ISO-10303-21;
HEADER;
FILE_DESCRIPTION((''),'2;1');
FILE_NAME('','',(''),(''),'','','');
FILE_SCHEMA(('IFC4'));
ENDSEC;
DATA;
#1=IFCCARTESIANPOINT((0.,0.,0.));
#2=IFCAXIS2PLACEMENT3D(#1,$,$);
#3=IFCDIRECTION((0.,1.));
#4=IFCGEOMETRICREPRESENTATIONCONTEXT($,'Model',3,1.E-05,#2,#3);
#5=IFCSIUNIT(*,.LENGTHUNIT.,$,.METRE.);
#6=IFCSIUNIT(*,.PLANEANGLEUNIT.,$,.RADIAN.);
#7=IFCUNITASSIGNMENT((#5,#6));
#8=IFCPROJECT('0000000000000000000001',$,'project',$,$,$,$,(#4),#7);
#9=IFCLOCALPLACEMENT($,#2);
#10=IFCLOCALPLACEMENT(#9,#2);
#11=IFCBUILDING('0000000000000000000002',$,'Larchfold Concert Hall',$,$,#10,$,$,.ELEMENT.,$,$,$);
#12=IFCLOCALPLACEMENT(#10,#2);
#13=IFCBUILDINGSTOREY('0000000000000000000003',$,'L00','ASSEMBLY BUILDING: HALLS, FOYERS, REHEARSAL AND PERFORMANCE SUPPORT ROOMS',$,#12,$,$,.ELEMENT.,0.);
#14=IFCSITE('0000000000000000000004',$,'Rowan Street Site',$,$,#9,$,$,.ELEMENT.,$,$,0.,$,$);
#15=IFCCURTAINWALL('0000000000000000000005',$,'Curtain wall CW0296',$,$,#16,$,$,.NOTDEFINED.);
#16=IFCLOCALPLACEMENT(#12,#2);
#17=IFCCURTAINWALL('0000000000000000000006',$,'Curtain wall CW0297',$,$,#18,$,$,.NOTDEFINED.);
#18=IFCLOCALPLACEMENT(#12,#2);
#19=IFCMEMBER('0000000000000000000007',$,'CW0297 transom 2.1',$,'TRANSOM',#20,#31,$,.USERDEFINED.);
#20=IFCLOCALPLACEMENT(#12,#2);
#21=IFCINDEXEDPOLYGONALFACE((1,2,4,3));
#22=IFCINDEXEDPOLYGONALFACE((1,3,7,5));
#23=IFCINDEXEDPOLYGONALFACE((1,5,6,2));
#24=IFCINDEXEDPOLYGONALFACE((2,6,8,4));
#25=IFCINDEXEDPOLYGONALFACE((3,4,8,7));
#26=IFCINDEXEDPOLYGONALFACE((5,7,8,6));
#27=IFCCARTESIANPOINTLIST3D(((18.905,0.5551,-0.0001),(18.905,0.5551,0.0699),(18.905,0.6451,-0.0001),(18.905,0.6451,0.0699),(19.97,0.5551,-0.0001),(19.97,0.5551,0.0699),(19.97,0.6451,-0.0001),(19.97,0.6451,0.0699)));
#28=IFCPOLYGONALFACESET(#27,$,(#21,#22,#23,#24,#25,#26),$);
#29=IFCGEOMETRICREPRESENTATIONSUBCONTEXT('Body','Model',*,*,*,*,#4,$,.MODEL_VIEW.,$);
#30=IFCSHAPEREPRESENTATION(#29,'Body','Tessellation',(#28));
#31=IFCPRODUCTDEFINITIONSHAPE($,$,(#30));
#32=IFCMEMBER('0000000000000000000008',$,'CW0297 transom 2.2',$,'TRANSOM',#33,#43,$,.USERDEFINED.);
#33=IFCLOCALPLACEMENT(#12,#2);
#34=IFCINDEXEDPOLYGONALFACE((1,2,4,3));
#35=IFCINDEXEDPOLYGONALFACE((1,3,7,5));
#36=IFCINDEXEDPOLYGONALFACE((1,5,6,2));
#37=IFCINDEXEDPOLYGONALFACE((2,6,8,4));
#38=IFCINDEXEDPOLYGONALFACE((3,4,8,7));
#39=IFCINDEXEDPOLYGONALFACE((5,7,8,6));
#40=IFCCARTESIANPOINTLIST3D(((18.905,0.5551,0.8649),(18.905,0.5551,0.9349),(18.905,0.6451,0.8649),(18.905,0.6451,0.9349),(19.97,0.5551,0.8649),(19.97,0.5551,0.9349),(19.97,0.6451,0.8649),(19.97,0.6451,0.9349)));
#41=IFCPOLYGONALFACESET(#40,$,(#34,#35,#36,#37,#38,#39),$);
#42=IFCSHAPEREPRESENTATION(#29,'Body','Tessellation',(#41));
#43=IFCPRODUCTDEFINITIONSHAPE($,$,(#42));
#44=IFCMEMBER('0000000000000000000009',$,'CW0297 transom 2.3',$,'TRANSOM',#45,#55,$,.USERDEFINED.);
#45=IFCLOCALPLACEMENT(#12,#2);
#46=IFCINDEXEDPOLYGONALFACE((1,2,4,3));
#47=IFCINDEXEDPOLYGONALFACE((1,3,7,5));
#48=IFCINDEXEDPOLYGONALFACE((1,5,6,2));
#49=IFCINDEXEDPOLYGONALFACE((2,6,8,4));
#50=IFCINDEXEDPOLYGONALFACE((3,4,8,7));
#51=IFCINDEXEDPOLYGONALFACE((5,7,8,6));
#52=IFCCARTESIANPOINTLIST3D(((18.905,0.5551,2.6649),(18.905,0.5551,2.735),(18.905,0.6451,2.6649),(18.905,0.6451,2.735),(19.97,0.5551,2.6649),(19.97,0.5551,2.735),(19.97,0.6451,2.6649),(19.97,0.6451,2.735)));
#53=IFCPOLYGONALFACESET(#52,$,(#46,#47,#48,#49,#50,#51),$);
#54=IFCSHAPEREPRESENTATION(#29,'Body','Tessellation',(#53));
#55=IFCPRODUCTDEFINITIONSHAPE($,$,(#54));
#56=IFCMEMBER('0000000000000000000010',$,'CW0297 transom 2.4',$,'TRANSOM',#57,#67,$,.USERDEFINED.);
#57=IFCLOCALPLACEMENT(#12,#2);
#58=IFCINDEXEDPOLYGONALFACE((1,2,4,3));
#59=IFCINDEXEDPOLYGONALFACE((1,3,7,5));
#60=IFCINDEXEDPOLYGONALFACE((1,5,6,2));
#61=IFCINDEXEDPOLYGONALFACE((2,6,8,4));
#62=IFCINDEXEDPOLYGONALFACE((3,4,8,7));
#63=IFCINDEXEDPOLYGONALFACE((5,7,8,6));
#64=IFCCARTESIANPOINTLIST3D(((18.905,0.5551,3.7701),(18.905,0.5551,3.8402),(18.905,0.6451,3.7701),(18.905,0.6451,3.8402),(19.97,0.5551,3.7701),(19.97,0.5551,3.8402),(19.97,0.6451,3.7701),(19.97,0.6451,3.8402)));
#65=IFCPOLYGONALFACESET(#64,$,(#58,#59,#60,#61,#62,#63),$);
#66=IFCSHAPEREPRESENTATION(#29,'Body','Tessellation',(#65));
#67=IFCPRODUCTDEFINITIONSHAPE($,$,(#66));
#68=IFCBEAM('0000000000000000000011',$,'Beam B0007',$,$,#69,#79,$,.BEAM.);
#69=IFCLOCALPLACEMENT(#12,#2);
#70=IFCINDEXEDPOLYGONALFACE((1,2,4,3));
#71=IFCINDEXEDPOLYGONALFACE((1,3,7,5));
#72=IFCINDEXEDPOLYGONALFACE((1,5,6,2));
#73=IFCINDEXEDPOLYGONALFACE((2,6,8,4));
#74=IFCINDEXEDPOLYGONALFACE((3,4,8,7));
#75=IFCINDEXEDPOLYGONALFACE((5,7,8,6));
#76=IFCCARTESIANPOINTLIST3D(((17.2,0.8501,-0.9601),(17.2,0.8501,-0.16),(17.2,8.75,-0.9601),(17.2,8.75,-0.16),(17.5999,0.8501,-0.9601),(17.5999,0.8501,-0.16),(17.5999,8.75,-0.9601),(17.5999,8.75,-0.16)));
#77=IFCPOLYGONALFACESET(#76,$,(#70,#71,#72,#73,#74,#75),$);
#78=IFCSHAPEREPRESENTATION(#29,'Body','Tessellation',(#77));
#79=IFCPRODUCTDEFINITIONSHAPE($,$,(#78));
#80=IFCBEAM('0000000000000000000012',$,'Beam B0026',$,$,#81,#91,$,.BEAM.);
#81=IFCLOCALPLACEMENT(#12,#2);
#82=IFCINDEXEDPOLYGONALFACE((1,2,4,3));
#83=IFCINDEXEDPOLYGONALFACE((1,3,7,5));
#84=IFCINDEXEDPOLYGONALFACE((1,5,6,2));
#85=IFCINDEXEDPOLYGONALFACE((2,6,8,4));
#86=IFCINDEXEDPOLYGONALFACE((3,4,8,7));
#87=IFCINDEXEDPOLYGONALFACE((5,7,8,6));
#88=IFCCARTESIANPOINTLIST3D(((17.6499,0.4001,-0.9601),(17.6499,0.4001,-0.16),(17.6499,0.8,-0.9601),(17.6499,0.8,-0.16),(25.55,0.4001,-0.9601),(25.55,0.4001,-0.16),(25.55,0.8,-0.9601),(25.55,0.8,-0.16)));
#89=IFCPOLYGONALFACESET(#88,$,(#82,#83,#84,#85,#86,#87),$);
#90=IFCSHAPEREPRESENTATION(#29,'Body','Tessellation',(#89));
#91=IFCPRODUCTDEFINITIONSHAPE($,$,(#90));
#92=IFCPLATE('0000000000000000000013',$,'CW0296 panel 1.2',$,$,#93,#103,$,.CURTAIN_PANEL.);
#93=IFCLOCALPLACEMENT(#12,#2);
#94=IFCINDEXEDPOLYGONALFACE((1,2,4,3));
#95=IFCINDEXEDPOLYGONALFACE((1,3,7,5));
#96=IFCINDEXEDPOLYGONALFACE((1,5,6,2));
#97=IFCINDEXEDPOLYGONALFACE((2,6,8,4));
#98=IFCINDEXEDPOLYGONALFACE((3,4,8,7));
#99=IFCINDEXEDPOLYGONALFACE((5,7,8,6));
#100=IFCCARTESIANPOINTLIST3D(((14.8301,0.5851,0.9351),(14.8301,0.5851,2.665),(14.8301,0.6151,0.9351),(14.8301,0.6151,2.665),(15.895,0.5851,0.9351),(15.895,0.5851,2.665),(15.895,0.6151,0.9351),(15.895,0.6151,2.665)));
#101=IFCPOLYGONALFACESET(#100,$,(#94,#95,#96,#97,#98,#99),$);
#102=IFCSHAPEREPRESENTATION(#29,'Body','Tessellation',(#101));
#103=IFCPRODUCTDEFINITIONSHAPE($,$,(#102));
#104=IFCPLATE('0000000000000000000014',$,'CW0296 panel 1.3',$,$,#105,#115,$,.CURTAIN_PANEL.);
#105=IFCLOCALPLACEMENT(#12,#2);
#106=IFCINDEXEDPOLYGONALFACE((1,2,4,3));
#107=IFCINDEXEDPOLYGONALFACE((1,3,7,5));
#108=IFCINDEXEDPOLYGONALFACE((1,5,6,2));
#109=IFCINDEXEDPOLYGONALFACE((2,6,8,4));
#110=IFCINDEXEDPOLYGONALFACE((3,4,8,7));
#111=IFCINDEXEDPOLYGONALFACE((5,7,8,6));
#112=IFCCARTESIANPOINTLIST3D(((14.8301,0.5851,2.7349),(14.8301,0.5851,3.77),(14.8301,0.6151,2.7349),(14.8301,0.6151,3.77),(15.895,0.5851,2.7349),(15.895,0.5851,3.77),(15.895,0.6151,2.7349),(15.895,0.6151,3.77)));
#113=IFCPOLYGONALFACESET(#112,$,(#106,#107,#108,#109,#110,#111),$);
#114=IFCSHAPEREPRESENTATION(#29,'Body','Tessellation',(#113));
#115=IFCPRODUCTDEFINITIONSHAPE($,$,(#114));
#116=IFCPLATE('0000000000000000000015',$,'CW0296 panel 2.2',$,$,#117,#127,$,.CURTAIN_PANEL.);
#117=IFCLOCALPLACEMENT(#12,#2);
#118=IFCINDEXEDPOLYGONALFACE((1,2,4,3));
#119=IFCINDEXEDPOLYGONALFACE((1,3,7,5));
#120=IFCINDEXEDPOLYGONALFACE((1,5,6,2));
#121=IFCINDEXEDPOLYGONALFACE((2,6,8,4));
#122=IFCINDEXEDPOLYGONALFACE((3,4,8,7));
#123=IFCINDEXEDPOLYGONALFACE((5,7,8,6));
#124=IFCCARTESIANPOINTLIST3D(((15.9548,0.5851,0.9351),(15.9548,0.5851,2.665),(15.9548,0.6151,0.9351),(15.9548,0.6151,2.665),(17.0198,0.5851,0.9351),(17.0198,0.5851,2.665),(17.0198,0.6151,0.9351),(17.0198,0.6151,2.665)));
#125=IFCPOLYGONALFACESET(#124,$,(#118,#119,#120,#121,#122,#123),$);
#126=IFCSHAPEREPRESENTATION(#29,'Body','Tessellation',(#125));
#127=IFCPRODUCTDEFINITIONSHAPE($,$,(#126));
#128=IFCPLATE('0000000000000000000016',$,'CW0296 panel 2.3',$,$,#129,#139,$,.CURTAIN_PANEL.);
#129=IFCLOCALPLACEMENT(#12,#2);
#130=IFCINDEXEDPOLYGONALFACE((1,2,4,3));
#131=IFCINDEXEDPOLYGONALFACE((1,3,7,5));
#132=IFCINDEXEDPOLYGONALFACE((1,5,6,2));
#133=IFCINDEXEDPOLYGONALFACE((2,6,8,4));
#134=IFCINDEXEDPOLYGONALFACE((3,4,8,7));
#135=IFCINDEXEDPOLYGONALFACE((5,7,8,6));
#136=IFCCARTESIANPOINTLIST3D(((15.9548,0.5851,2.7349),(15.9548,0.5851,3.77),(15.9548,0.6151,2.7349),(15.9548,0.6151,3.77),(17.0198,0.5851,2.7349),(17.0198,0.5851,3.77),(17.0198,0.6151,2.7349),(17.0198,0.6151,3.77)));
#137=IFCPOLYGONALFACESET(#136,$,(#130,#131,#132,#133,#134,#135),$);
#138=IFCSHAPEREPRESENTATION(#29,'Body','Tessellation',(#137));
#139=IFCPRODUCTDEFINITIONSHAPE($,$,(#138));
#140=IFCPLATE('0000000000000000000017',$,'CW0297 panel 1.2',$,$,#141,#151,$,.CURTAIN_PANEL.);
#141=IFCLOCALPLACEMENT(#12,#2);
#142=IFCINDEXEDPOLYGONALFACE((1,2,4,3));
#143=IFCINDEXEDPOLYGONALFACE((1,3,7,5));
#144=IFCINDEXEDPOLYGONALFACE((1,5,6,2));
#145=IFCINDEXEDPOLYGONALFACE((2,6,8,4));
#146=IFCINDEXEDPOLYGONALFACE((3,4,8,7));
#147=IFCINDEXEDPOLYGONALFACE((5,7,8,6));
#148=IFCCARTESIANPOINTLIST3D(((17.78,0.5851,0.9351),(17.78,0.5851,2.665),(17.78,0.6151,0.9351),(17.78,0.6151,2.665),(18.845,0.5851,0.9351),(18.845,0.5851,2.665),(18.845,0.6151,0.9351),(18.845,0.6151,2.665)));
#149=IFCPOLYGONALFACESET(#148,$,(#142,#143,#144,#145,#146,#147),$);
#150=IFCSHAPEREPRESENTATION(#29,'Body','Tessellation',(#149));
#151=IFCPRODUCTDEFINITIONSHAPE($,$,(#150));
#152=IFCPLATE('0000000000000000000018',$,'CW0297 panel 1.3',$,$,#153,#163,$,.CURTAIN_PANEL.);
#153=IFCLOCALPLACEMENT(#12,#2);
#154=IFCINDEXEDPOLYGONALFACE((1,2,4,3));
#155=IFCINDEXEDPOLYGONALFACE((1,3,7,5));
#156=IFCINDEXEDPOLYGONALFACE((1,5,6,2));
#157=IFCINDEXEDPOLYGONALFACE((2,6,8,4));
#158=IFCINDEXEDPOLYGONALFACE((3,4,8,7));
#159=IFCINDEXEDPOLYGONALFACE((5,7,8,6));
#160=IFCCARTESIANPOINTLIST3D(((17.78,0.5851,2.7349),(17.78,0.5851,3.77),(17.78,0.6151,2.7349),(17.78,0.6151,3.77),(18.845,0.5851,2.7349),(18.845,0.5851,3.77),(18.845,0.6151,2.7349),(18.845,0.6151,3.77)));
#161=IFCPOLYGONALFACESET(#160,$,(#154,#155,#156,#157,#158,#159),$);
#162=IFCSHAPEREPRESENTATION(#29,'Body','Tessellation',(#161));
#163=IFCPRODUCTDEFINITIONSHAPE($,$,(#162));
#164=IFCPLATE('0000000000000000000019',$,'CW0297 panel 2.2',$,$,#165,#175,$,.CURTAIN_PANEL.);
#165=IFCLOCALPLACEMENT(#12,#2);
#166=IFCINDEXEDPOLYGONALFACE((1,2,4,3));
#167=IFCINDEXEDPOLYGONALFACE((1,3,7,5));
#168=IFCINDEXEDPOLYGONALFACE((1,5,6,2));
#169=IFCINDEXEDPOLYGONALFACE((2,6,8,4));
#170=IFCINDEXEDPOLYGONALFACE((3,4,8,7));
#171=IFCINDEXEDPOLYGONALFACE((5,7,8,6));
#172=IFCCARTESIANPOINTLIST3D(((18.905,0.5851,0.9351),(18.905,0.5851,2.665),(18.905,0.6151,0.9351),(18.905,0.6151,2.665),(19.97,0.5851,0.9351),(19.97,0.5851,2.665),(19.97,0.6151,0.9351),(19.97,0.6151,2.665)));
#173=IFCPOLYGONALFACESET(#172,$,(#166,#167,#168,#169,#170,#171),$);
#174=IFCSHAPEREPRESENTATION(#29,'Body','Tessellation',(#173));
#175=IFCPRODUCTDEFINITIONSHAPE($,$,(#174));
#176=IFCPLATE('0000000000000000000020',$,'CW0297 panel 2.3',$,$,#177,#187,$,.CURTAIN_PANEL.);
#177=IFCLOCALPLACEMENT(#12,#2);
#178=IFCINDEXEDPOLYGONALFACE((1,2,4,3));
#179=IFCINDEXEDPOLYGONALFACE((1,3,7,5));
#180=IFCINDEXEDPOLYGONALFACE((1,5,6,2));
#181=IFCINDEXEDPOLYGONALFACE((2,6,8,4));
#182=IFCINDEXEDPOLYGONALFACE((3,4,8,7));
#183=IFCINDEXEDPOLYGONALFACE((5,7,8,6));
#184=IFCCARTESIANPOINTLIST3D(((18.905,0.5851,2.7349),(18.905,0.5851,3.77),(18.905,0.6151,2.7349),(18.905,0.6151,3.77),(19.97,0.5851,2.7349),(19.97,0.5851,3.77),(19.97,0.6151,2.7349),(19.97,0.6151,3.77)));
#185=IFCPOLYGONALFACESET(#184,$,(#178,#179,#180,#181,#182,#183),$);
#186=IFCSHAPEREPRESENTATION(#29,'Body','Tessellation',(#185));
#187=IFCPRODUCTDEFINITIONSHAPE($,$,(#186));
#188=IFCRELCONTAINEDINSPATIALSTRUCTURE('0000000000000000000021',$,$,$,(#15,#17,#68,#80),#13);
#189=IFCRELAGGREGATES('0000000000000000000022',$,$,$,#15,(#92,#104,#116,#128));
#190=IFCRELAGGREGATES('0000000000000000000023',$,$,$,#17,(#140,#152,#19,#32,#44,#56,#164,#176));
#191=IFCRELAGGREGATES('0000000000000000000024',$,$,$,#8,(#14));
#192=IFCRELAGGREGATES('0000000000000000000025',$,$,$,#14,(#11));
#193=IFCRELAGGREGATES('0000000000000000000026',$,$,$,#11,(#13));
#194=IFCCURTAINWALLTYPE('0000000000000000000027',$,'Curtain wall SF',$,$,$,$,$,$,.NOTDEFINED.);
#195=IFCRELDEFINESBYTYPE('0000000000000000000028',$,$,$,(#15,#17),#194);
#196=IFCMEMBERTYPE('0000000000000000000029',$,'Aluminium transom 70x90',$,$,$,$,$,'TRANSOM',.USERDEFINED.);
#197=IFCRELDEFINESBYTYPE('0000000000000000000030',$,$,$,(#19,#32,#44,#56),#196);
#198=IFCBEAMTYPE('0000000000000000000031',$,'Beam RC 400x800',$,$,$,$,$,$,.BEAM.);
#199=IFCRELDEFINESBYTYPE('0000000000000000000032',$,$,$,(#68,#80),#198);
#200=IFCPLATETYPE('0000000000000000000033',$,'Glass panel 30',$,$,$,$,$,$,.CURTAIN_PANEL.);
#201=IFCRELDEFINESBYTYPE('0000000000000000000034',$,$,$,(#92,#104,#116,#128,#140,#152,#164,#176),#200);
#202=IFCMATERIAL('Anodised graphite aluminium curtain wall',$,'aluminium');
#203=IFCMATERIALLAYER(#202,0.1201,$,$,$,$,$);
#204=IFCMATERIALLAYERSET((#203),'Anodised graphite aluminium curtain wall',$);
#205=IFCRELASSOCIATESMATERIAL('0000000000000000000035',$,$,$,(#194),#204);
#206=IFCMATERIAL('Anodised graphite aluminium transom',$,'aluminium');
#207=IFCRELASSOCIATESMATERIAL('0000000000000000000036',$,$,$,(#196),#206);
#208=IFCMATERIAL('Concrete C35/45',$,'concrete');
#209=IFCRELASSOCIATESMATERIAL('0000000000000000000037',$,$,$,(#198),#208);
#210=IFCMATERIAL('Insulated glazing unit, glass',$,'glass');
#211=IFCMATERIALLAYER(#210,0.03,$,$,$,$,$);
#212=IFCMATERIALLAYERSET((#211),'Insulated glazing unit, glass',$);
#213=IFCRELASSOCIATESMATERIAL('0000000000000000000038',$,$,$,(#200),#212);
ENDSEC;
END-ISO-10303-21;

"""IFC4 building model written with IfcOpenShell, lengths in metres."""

from ifc_helpers import new_model, si_unit, direction, frame, origin, origin_2d, place, context, subcontext, project, spatial, rectangle, extrude, material, layer, layer_set, material_profile, profile_set, type_object, element, aggregate, save


model = new_model("IFC4")

# Units and contexts
model_context = context("Model", 3, precision=1e-05, world=origin(), true_north=direction((0.0, 1.0)))
body_context = subcontext(model_context, "Body", "Model", "MODEL_VIEW")
ifc_project = project(units=[si_unit("LENGTHUNIT", "METRE"), si_unit("PLANEANGLEUNIT", "RADIAN")], contexts=[model_context])

# Site, building, storey
site_placement = place(None, origin())
site = spatial("IfcSite", under=ifc_project, at=site_placement, Name="Rowan Street Site", CompositionType="ELEMENT", RefElevation=0.0)
building_placement = place(site_placement, origin())
building = spatial("IfcBuilding", under=site, at=building_placement, Name="Larchfold Concert Hall", CompositionType="ELEMENT")
storey_placement = place(building_placement, origin())
storey = spatial("IfcBuildingStorey", under=building, at=storey_placement, Name="L00", Description="ASSEMBLY BUILDING: HALLS, FOYERS, REHEARSAL AND PERFORMANCE SUPPORT ROOMS", CompositionType="ELEMENT", Elevation=0.0)

# Curtain walls
ifc_material_1 = material(Name="Anodised graphite aluminium curtain wall", Category="aluminium")
ifc_layer_1 = layer(ifc_material_1, 0.1201)
ifc_layer_set_1 = layer_set([ifc_layer_1], Name="Anodised graphite aluminium curtain wall")
curtain_wall_type = type_object("IfcCurtainWallType", Name="Curtain wall SF", PredefinedType="NOTDEFINED", material=ifc_layer_set_1)
curtain_wall_1_placement = place(storey_placement, origin())
curtain_wall_1 = element("IfcCurtainWall", 1, at=curtain_wall_1_placement, inside=storey, type_object=curtain_wall_type, Name="Curtain wall CW0296", PredefinedType="NOTDEFINED")
curtain_wall_2_placement = place(storey_placement, origin())
curtain_wall_2 = element("IfcCurtainWall", 2, at=curtain_wall_2_placement, inside=storey, type_object=curtain_wall_type, Name="Curtain wall CW0297", PredefinedType="NOTDEFINED")

# Members
ifc_material_2 = material(Name="Anodised graphite aluminium transom", Category="aluminium")
ifc_material_profile_1 = material_profile(ifc_material_2, rectangle(XDim=0.0901, YDim=0.0701, at=origin_2d()))
ifc_profile_set_1 = profile_set([ifc_material_profile_1], Name="Anodised graphite aluminium transom")
member_type_1 = type_object("IfcMemberType", Name="Aluminium transom 70x90", ElementType="TRANSOM", PredefinedType="USERDEFINED", material=ifc_profile_set_1)
member_1_placement = place(storey_placement, frame((18.905, 0.6001, 0.0349), z_axis=(1.0, 0.0, 0.0), x_axis=(0.0, 1.0, 0.0)))
member_1 = element("IfcMember", 3, at=member_1_placement, type_object=member_type_1, Name="CW0297 transom 2.1", ObjectType="TRANSOM", PredefinedType="USERDEFINED", context=body_context, shape_type="SweptSolid", body=[
    extrude(rectangle(XDim=0.0901, YDim=0.0701, at=origin_2d()), origin(), (0.0, 0.0, 1.0), 1.0649),
])
member_2_placement = place(storey_placement, frame((18.905, 0.6001, 0.8999), z_axis=(1.0, 0.0, 0.0), x_axis=(0.0, 1.0, 0.0)))
member_2 = element("IfcMember", 4, at=member_2_placement, type_object=member_type_1, Name="CW0297 transom 2.2", ObjectType="TRANSOM", PredefinedType="USERDEFINED", context=body_context, shape_type="SweptSolid", body=[
    extrude(rectangle(XDim=0.0901, YDim=0.0701, at=origin_2d()), origin(), (0.0, 0.0, 1.0), 1.0649),
])
member_3_placement = place(storey_placement, frame((18.905, 0.6001, 2.7), z_axis=(1.0, 0.0, 0.0), x_axis=(0.0, 1.0, 0.0)))
member_3 = element("IfcMember", 5, at=member_3_placement, type_object=member_type_1, Name="CW0297 transom 2.3", ObjectType="TRANSOM", PredefinedType="USERDEFINED", context=body_context, shape_type="SweptSolid", body=[
    extrude(rectangle(XDim=0.0901, YDim=0.0701, at=origin_2d()), origin(), (0.0, 0.0, 1.0), 1.0649),
])
member_4_placement = place(storey_placement, frame((18.905, 0.6001, 3.8052), z_axis=(1.0, 0.0, 0.0), x_axis=(0.0, 1.0, 0.0)))
member_4 = element("IfcMember", 6, at=member_4_placement, type_object=member_type_1, Name="CW0297 transom 2.4", ObjectType="TRANSOM", PredefinedType="USERDEFINED", context=body_context, shape_type="SweptSolid", body=[
    extrude(rectangle(XDim=0.0901, YDim=0.0701, at=origin_2d()), origin(), (0.0, 0.0, 1.0), 1.0649),
])

# Beams
ifc_material_3 = material(Name="Concrete C35/45", Category="concrete")
ifc_material_profile_2 = material_profile(ifc_material_3, rectangle(XDim=0.3999, YDim=0.8, at=origin_2d()))
ifc_profile_set_2 = profile_set([ifc_material_profile_2], Name="Concrete C35/45")
beam_type = type_object("IfcBeamType", Name="Beam RC 400x800", PredefinedType="BEAM", material=ifc_profile_set_2)
beam_1_placement = place(storey_placement, frame((17.3999, 0.8501, -0.5601), z_axis=(0.0, 1.0, 0.0), x_axis=(-1.0, 0.0, 0.0)))
element("IfcBeam", 7, at=beam_1_placement, inside=storey, type_object=beam_type, Name="Beam B0007", PredefinedType="BEAM", context=body_context, shape_type="SweptSolid", body=[
    extrude(rectangle(XDim=0.3999, YDim=0.8, at=origin_2d()), origin(), (0.0, 0.0, 1.0), 7.8999),
])
beam_2_placement = place(storey_placement, frame((17.6499, 0.6001, -0.5601), z_axis=(1.0, 0.0, 0.0), x_axis=(0.0, 1.0, 0.0)))
element("IfcBeam", 8, at=beam_2_placement, inside=storey, type_object=beam_type, Name="Beam B0026", PredefinedType="BEAM", context=body_context, shape_type="SweptSolid", body=[
    extrude(rectangle(XDim=0.3999, YDim=0.8, at=origin_2d()), origin(), (0.0, 0.0, 1.0), 7.9001),
])

# Plates
ifc_material_4 = material(Name="Insulated glazing unit, glass", Category="glass")
ifc_layer_2 = layer(ifc_material_4, 0.03)
ifc_layer_set_2 = layer_set([ifc_layer_2], Name="Insulated glazing unit, glass")
plate_type_1 = type_object("IfcPlateType", Name="Glass panel 30", PredefinedType="CURTAIN_PANEL", material=ifc_layer_set_2)
plate_1_placement = place(storey_placement, frame((15.3625, 0.6001, 0.9351), z_axis=(0.0, 0.0, 1.0), x_axis=(1.0, 0.0, 0.0)))
plate_1 = element("IfcPlate", 9, at=plate_1_placement, type_object=plate_type_1, Name="CW0296 panel 1.2", PredefinedType="CURTAIN_PANEL", context=body_context, shape_type="SweptSolid", body=[
    extrude(rectangle(XDim=1.0649, YDim=0.03, at=origin_2d()), origin(), (0.0, 0.0, 1.0), 1.73),
])
plate_2_placement = place(storey_placement, frame((15.3625, 0.6001, 2.7349), z_axis=(0.0, 0.0, 1.0), x_axis=(1.0, 0.0, 0.0)))
plate_2 = element("IfcPlate", 10, at=plate_2_placement, type_object=plate_type_1, Name="CW0296 panel 1.3", PredefinedType="CURTAIN_PANEL", context=body_context, shape_type="SweptSolid", body=[
    extrude(rectangle(XDim=1.0649, YDim=0.03, at=origin_2d()), origin(), (0.0, 0.0, 1.0), 1.0352),
])
plate_3_placement = place(storey_placement, frame((16.4873, 0.6001, 0.9351), z_axis=(0.0, 0.0, 1.0), x_axis=(1.0, 0.0, 0.0)))
plate_3 = element("IfcPlate", 11, at=plate_3_placement, type_object=plate_type_1, Name="CW0296 panel 2.2", PredefinedType="CURTAIN_PANEL", context=body_context, shape_type="SweptSolid", body=[
    extrude(rectangle(XDim=1.0649, YDim=0.03, at=origin_2d()), origin(), (0.0, 0.0, 1.0), 1.73),
])
plate_4_placement = place(storey_placement, frame((16.4873, 0.6001, 2.7349), z_axis=(0.0, 0.0, 1.0), x_axis=(1.0, 0.0, 0.0)))
plate_4 = element("IfcPlate", 12, at=plate_4_placement, type_object=plate_type_1, Name="CW0296 panel 2.3", PredefinedType="CURTAIN_PANEL", context=body_context, shape_type="SweptSolid", body=[
    extrude(rectangle(XDim=1.0649, YDim=0.03, at=origin_2d()), origin(), (0.0, 0.0, 1.0), 1.0352),
])
plate_5_placement = place(storey_placement, frame((18.3125, 0.6001, 0.9351), z_axis=(0.0, 0.0, 1.0), x_axis=(1.0, 0.0, 0.0)))
plate_5 = element("IfcPlate", 13, at=plate_5_placement, type_object=plate_type_1, Name="CW0297 panel 1.2", PredefinedType="CURTAIN_PANEL", context=body_context, shape_type="SweptSolid", body=[
    extrude(rectangle(XDim=1.0649, YDim=0.03, at=origin_2d()), origin(), (0.0, 0.0, 1.0), 1.73),
])
plate_6_placement = place(storey_placement, frame((18.3125, 0.6001, 2.7349), z_axis=(0.0, 0.0, 1.0), x_axis=(1.0, 0.0, 0.0)))
plate_6 = element("IfcPlate", 14, at=plate_6_placement, type_object=plate_type_1, Name="CW0297 panel 1.3", PredefinedType="CURTAIN_PANEL", context=body_context, shape_type="SweptSolid", body=[
    extrude(rectangle(XDim=1.0649, YDim=0.03, at=origin_2d()), origin(), (0.0, 0.0, 1.0), 1.0352),
])
plate_7_placement = place(storey_placement, frame((19.4375, 0.6001, 0.9351), z_axis=(0.0, 0.0, 1.0), x_axis=(1.0, 0.0, 0.0)))
plate_7 = element("IfcPlate", 15, at=plate_7_placement, type_object=plate_type_1, Name="CW0297 panel 2.2", PredefinedType="CURTAIN_PANEL", context=body_context, shape_type="SweptSolid", body=[
    extrude(rectangle(XDim=1.0649, YDim=0.03, at=origin_2d()), origin(), (0.0, 0.0, 1.0), 1.73),
])
plate_8_placement = place(storey_placement, frame((19.4375, 0.6001, 2.7349), z_axis=(0.0, 0.0, 1.0), x_axis=(1.0, 0.0, 0.0)))
plate_8 = element("IfcPlate", 16, at=plate_8_placement, type_object=plate_type_1, Name="CW0297 panel 2.3", PredefinedType="CURTAIN_PANEL", context=body_context, shape_type="SweptSolid", body=[
    extrude(rectangle(XDim=1.0649, YDim=0.03, at=origin_2d()), origin(), (0.0, 0.0, 1.0), 1.0352),
])
aggregate(curtain_wall_1, [plate_1, plate_2, plate_3, plate_4])
aggregate(curtain_wall_2, [plate_5, plate_6, member_1, member_2, member_3, member_4, plate_7, plate_8])

save(model, "model.ifc")
